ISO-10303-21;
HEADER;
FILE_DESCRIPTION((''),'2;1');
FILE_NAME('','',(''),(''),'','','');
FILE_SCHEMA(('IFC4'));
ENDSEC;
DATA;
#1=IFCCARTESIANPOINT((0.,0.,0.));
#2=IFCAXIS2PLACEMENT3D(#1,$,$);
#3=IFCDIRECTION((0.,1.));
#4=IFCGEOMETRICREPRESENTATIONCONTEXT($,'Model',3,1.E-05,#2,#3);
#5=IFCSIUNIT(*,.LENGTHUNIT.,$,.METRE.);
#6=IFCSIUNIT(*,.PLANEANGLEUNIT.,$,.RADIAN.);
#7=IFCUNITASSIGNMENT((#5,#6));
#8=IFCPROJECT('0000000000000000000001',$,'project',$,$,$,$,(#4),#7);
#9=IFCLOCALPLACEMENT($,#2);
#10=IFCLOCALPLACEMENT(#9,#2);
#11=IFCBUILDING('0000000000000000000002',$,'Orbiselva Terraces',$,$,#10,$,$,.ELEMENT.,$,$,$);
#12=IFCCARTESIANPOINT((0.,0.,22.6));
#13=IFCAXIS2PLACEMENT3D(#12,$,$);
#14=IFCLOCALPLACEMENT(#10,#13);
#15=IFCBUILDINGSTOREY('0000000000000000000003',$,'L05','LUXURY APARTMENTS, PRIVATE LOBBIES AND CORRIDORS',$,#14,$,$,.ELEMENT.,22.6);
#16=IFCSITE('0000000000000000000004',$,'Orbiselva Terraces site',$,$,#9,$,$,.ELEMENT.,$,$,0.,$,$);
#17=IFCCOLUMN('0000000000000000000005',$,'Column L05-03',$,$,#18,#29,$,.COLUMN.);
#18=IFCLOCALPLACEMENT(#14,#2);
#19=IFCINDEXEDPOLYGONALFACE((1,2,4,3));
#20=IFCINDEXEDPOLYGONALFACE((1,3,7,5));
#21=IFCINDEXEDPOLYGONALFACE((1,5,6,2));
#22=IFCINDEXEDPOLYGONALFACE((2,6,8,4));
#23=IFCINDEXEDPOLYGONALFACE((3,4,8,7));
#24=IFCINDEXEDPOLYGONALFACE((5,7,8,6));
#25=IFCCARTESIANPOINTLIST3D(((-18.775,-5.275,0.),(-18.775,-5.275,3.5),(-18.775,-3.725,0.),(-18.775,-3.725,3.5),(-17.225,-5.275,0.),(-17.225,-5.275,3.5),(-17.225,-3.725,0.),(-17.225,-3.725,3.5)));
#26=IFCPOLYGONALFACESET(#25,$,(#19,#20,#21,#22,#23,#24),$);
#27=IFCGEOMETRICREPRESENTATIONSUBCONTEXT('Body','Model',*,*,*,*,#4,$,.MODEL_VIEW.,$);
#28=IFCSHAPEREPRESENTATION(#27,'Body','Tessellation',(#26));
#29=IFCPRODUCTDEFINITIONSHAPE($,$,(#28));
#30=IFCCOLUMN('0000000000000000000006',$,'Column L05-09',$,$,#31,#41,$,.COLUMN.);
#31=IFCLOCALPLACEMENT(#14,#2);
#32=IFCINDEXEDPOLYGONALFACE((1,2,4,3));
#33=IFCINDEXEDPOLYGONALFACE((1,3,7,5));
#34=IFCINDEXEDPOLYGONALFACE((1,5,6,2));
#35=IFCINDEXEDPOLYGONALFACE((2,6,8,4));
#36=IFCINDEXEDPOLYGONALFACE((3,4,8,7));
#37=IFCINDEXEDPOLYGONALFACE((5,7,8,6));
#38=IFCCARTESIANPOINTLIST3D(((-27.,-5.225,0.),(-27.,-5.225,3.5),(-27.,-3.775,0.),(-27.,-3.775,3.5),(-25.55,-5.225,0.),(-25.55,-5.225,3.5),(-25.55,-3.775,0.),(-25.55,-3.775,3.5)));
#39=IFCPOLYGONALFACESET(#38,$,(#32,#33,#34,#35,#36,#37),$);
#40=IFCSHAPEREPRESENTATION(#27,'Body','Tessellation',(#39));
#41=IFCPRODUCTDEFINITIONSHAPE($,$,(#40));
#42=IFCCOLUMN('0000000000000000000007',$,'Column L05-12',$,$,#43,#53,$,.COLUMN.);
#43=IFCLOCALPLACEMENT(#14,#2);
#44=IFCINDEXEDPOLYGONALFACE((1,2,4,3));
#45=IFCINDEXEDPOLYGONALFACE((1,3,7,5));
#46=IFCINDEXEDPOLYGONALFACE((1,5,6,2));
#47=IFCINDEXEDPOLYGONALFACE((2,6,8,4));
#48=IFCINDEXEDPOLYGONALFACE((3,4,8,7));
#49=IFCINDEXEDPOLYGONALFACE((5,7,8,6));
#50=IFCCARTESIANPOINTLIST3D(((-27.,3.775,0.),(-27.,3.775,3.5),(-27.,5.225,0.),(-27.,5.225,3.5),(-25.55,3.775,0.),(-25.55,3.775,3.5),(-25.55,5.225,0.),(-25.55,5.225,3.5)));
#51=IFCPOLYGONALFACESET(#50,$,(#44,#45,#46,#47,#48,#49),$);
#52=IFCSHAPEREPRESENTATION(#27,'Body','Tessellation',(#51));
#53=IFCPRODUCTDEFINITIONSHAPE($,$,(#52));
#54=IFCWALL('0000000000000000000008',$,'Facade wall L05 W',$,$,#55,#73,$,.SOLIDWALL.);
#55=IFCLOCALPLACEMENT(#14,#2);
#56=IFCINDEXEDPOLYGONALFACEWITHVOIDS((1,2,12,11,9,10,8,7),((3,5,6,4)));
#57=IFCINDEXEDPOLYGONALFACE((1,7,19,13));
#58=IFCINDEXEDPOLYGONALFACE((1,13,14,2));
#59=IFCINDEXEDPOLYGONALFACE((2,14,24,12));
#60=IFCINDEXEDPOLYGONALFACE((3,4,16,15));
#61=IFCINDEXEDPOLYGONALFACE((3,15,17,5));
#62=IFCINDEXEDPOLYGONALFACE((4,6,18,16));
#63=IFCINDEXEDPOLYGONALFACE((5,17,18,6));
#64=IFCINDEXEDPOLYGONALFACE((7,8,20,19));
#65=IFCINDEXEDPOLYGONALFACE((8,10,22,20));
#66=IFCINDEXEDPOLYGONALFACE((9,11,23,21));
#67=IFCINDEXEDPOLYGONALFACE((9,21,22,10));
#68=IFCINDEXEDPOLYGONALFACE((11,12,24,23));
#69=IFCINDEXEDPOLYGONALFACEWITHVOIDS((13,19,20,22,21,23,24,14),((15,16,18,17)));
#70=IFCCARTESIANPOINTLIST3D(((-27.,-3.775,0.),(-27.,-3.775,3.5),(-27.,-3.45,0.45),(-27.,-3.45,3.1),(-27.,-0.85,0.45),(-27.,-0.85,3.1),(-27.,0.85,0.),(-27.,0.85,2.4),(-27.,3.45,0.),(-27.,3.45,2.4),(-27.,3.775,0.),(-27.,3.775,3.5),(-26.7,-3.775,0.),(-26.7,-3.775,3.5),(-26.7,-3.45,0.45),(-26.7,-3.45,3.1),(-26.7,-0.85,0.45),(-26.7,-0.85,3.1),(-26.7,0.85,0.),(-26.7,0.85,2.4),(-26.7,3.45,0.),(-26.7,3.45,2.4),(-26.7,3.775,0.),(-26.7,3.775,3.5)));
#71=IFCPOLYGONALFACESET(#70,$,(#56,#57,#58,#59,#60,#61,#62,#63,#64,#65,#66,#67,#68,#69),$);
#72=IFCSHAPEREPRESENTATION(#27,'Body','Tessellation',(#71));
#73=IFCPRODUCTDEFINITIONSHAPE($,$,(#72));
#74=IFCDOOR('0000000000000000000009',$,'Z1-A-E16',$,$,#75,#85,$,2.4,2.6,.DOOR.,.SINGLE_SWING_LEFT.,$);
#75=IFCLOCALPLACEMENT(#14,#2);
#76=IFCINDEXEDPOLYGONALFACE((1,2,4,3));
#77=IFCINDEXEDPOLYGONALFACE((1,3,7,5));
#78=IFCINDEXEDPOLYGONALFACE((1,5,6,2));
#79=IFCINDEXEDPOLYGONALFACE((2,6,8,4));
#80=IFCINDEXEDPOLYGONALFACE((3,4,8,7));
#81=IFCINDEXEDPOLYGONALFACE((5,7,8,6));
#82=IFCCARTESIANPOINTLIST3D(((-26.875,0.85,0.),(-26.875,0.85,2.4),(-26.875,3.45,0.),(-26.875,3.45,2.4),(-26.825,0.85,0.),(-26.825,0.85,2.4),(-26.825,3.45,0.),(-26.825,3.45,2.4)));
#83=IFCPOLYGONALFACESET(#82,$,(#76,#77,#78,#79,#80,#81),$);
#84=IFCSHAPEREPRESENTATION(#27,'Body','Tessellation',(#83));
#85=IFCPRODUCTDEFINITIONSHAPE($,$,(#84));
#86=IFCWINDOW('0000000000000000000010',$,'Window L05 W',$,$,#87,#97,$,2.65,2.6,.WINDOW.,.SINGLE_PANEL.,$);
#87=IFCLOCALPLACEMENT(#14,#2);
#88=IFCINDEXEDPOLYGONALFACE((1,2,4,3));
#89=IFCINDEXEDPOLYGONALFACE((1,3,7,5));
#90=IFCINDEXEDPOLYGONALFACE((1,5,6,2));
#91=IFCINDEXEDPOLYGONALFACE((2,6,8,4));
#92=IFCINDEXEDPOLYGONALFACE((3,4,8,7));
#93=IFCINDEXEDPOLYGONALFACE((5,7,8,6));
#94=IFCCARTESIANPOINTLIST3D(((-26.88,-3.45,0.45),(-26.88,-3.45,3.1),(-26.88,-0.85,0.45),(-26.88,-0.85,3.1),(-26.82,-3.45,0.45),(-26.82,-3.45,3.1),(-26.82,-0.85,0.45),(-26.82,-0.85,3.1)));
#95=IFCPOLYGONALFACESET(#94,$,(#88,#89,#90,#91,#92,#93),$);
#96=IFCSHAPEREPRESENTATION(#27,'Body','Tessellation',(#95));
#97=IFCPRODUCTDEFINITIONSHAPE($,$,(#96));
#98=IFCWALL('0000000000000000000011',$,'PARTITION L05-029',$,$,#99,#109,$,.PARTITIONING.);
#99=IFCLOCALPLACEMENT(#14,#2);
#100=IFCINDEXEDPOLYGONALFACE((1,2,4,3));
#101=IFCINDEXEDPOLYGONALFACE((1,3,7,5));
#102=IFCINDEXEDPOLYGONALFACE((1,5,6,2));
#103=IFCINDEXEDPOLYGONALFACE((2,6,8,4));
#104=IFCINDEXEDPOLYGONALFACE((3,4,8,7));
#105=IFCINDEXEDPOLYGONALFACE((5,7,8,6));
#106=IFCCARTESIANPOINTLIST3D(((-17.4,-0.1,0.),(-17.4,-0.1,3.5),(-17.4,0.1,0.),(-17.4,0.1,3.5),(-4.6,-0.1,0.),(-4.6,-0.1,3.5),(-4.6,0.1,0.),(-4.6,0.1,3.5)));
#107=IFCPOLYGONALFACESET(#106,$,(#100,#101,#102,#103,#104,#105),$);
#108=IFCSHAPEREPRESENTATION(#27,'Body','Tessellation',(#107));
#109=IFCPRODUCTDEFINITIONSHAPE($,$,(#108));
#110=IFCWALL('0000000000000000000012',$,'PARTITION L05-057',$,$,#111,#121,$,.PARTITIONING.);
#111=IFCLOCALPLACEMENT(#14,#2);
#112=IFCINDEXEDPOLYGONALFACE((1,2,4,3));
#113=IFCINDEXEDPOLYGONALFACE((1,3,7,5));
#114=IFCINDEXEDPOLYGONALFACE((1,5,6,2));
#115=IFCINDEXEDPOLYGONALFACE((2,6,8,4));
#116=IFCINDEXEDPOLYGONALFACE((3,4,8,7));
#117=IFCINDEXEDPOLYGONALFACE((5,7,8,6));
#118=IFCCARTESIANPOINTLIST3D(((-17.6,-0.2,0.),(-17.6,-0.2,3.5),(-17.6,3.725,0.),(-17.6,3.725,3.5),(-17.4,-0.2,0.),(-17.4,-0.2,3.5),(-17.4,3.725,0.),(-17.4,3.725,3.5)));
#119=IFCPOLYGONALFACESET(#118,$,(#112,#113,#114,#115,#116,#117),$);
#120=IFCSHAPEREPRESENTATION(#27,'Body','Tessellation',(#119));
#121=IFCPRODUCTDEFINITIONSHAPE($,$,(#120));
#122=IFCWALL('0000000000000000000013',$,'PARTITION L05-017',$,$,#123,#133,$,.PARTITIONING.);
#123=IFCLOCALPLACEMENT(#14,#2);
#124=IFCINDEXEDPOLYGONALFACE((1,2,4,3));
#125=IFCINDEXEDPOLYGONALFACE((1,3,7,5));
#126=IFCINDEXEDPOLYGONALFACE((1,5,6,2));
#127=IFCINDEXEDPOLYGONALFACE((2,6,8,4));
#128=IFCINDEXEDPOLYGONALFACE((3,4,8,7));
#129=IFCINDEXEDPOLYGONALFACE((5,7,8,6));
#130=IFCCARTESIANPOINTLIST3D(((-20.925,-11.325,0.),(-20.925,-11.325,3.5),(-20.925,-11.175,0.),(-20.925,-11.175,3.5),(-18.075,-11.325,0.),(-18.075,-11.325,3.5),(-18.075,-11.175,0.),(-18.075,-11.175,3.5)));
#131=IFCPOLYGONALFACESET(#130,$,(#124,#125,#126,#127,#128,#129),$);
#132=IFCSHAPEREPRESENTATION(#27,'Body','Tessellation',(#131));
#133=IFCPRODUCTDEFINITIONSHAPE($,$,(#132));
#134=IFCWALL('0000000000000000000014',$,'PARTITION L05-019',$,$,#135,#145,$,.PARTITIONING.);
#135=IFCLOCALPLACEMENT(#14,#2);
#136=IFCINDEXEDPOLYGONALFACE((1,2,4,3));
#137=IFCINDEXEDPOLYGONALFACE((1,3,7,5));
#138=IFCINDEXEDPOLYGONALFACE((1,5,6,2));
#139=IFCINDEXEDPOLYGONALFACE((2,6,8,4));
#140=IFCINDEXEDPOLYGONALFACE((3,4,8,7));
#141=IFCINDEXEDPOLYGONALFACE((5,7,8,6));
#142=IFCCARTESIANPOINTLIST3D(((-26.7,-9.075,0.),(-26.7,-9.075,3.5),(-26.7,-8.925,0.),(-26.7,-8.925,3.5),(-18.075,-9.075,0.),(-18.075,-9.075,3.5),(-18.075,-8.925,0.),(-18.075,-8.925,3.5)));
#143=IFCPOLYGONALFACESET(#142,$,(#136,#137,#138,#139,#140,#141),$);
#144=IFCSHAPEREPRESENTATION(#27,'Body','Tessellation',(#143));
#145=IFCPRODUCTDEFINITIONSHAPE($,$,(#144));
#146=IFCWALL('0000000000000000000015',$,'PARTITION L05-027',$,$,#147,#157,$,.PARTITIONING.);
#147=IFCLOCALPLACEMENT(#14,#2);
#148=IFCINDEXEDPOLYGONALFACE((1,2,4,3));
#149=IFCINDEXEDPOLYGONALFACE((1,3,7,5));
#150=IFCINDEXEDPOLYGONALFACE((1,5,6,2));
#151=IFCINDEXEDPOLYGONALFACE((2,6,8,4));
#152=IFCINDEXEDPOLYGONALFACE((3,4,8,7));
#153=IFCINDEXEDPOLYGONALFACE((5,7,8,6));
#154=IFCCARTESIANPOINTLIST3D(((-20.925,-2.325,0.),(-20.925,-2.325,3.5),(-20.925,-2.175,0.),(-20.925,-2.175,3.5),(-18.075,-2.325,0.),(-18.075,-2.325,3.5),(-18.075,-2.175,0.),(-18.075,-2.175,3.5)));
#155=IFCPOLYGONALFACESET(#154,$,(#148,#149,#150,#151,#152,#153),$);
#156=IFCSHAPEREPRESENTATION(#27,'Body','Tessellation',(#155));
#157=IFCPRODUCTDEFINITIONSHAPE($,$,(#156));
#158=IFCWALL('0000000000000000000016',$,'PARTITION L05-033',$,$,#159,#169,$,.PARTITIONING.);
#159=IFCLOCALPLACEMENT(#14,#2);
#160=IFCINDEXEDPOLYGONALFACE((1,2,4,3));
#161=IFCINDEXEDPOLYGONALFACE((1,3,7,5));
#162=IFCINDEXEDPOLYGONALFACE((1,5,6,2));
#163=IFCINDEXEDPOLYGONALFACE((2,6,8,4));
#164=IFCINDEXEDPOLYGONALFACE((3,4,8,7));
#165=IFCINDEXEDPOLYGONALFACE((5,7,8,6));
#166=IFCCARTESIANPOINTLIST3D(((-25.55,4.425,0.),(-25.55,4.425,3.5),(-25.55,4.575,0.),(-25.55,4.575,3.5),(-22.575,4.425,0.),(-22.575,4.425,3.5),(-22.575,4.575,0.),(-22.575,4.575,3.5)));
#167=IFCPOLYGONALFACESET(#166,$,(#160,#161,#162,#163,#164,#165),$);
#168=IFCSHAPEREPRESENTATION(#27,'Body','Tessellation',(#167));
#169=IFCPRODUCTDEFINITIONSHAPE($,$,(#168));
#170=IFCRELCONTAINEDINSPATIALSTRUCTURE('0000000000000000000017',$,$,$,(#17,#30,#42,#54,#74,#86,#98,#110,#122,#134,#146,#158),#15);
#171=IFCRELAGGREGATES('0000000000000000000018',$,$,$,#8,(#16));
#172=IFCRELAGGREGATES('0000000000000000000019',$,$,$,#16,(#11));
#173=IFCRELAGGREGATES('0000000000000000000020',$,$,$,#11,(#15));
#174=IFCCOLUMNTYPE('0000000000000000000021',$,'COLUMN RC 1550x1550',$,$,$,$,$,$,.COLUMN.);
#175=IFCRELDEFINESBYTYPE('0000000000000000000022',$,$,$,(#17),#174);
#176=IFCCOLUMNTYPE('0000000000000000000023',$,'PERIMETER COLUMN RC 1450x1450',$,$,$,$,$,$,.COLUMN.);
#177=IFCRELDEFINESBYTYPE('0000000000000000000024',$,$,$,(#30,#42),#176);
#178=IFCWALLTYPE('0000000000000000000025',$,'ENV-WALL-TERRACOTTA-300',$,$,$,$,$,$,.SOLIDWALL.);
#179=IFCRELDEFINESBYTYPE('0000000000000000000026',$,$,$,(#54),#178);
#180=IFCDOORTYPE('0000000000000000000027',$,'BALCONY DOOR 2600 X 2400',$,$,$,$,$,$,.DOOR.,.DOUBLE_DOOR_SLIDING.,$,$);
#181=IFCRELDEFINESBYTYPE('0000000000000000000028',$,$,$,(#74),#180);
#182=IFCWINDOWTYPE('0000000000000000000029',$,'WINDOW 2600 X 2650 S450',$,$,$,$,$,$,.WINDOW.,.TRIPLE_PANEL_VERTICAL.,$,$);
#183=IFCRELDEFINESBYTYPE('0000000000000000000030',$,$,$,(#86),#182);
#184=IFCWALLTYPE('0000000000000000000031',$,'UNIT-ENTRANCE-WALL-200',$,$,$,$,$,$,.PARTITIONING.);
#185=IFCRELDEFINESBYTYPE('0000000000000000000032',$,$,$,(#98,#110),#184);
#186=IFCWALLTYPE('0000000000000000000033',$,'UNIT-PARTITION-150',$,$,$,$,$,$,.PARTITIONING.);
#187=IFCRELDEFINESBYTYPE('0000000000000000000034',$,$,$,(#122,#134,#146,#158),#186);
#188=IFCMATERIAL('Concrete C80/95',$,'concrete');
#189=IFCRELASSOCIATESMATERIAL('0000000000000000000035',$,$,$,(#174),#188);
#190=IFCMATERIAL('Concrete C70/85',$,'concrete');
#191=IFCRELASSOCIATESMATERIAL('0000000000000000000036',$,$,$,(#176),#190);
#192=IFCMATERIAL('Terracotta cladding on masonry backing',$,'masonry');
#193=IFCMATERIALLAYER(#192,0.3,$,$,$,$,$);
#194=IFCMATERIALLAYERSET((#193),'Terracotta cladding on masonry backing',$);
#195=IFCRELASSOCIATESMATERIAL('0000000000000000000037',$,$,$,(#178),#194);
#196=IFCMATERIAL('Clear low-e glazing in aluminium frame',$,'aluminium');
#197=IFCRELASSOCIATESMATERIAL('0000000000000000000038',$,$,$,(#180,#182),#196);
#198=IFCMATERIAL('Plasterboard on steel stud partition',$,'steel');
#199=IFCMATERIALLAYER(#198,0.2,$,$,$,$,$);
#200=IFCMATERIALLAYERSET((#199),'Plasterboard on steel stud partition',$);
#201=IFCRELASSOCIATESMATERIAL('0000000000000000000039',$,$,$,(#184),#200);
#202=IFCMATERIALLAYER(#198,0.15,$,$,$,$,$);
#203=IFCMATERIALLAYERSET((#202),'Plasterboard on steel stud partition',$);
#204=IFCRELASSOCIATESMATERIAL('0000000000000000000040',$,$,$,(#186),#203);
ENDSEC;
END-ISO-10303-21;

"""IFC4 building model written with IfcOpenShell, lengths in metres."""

from ifc_helpers import new_model, si_unit, direction, frame, frame_2d, origin, origin_2d, place, context, subcontext, project, spatial, rectangle, extrude, material, layer, layer_set, material_profile, profile_set, type_object, element, fill, save


model = new_model("IFC4")

# Units and contexts
model_context = context("Model", 3, precision=1e-05, world=origin(), true_north=direction((0.0, 1.0)))
body_context = subcontext(model_context, "Body", "Model", "MODEL_VIEW")
ifc_project = project(units=[si_unit("LENGTHUNIT", "METRE"), si_unit("PLANEANGLEUNIT", "RADIAN")], contexts=[model_context])

# Site, building, storey
site_placement = place(None, origin())
site = spatial("IfcSite", under=ifc_project, at=site_placement, Name="Orbiselva Terraces site", CompositionType="ELEMENT", RefElevation=0.0)
building_placement = place(site_placement, origin())
building = spatial("IfcBuilding", under=site, at=building_placement, Name="Orbiselva Terraces", CompositionType="ELEMENT")
storey_placement = place(building_placement, frame((0.0, 0.0, 22.6)))
storey = spatial("IfcBuildingStorey", under=building, at=storey_placement, Name="L05", Description="LUXURY APARTMENTS, PRIVATE LOBBIES AND CORRIDORS", CompositionType="ELEMENT", Elevation=22.6)

# Columns
ifc_material_1 = material(Name="Concrete C80/95", Category="concrete")
ifc_material_profile_1 = material_profile(ifc_material_1, rectangle(XDim=1.55, YDim=1.55, at=origin_2d()), Name="RC 1550x1550")
ifc_profile_set_1 = profile_set([ifc_material_profile_1], Name="Concrete C80/95")
column_type_1 = type_object("IfcColumnType", Name="COLUMN RC 1550x1550", PredefinedType="COLUMN", material=ifc_profile_set_1)
column_placement = place(storey_placement, frame((-18.0, -4.5, 0.0), z_axis=(0.0, 0.0, 1.0), x_axis=(1.0, 0.0, 0.0)))
element("IfcColumn", 1, at=column_placement, inside=storey, type_object=column_type_1, Name="Column L05-03", PredefinedType="COLUMN", context=body_context, shape_type="SweptSolid", body=[
    extrude(rectangle(XDim=1.55, YDim=1.55, at=origin_2d()), origin(), (0.0, 0.0, 1.0), 3.5),
])
ifc_material_2 = material(Name="Concrete C70/85", Category="concrete")
ifc_material_profile_2 = material_profile(ifc_material_2, rectangle(XDim=1.45, YDim=1.45, at=origin_2d()), Name="RC 1450x1450")
ifc_profile_set_2 = profile_set([ifc_material_profile_2], Name="Concrete C70/85")
column_type_2 = type_object("IfcColumnType", Name="PERIMETER COLUMN RC 1450x1450", PredefinedType="COLUMN", material=ifc_profile_set_2)
for number, where, z_axis, x_axis, name in (
    (2, (-26.275, -4.5, 0.0), (0.0, 0.0, 1.0), (1.0, 0.0, 0.0), "Column L05-09"),
    (3, (-26.275, 4.5, 0.0), (0.0, 0.0, 1.0), (1.0, 0.0, 0.0), "Column L05-12"),
):
    element("IfcColumn", number, at=place(storey_placement, frame(where, z_axis=z_axis, x_axis=x_axis)), inside=storey, type_object=column_type_2, Name=name, PredefinedType="COLUMN", context=body_context, shape_type="SweptSolid", body=[
        extrude(rectangle(XDim=1.45, YDim=1.45, at=origin_2d()), origin(), (0.0, 0.0, 1.0), 3.5),
    ])

# Wall, openings, door, window
ifc_material_3 = material(Name="Terracotta cladding on masonry backing", Category="masonry")
ifc_layer_1 = layer(ifc_material_3, 0.3)
ifc_layer_set_1 = layer_set([ifc_layer_1], Name="Terracotta cladding on masonry backing")
wall_type_1 = type_object("IfcWallType", Name="ENV-WALL-TERRACOTTA-300", PredefinedType="SOLIDWALL", material=ifc_layer_set_1)
wall_1_placement = place(storey_placement, frame((-26.85, -3.775, 0.0), z_axis=(0.0, 0.0, 1.0), x_axis=(0.0, 1.0, 0.0)))
wall_1 = element("IfcWall", 4, at=wall_1_placement, inside=storey, type_object=wall_type_1, Name="Facade wall L05 W", PredefinedType="SOLIDWALL", context=body_context, shape_type="SweptSolid", body=[
    extrude(rectangle(XDim=7.55, YDim=0.3, at=frame_2d((3.775, 0.0))), origin(), (0.0, 0.0, 1.0), 3.5),
])
opening_1_placement = place(wall_1_placement, frame((4.625, 0.0, 0.0)))
opening_1 = element("IfcOpeningElement", 5, at=opening_1_placement, cuts=wall_1, PredefinedType="OPENING", context=body_context, shape_type="SweptSolid", body=[
    extrude(rectangle(XDim=2.6, YDim=2.4, at=frame_2d((1.3, 1.2))), frame((0.0, 0.16, 0.0), z_axis=(0.0, -1.0, 0.0), x_axis=(1.0, 0.0, 0.0)), (0.0, 0.0, 1.0), 0.32),
])
opening_2_placement = place(wall_1_placement, frame((0.325, 0.0, 0.45)))
opening_2 = element("IfcOpeningElement", 6, at=opening_2_placement, cuts=wall_1, PredefinedType="OPENING", context=body_context, shape_type="SweptSolid", body=[
    extrude(rectangle(XDim=2.6, YDim=2.65, at=frame_2d((1.3, 1.325))), frame((0.0, 0.16, 0.0), z_axis=(0.0, -1.0, 0.0), x_axis=(1.0, 0.0, 0.0)), (0.0, 0.0, 1.0), 0.32),
])
ifc_material_4 = material(Name="Clear low-e glazing in aluminium frame", Category="aluminium")
door_type_1 = type_object("IfcDoorType", Name="BALCONY DOOR 2600 X 2400", OperationType="DOUBLE_DOOR_SLIDING", PredefinedType="DOOR", material=ifc_material_4)
door_1_placement = place(opening_1_placement, origin())
door_1 = element("IfcDoor", 7, at=door_1_placement, inside=storey, type_object=door_type_1, Name="Z1-A-E16", OperationType="SINGLE_SWING_LEFT", OverallHeight=2.4, OverallWidth=2.6, PredefinedType="DOOR", context=body_context, shape_type="SweptSolid", body=[
    extrude(rectangle(XDim=2.6, YDim=2.4, at=frame_2d((1.3, 1.2))), frame((0.0, 0.025, 0.0), z_axis=(0.0, -1.0, 0.0), x_axis=(1.0, 0.0, 0.0)), (0.0, 0.0, 1.0), 0.05),
])
fill(opening_1, door_1)
window_type = type_object("IfcWindowType", Name="WINDOW 2600 X 2650 S450", PartitioningType="TRIPLE_PANEL_VERTICAL", PredefinedType="WINDOW", material=ifc_material_4)
window_placement = place(opening_2_placement, origin())
window = element("IfcWindow", 8, at=window_placement, inside=storey, type_object=window_type, Name="Window L05 W", OverallHeight=2.65, OverallWidth=2.6, PartitioningType="SINGLE_PANEL", PredefinedType="WINDOW", context=body_context, shape_type="SweptSolid", body=[
    extrude(rectangle(XDim=2.6, YDim=2.65, at=frame_2d((1.3, 1.325))), frame((0.0, 0.03, 0.0), z_axis=(0.0, -1.0, 0.0), x_axis=(1.0, 0.0, 0.0)), (0.0, 0.0, 1.0), 0.06),
])
fill(opening_2, window)

# Walls
ifc_material_5 = material(Name="Plasterboard on steel stud partition", Category="steel")
ifc_layer_2 = layer(ifc_material_5, 0.2)
ifc_layer_set_2 = layer_set([ifc_layer_2], Name="Plasterboard on steel stud partition")
wall_type_2 = type_object("IfcWallType", Name="UNIT-ENTRANCE-WALL-200", PredefinedType="PARTITIONING", material=ifc_layer_set_2)
wall_2_placement = place(storey_placement, frame((-17.4, 0.0, 0.0), z_axis=(0.0, 0.0, 1.0), x_axis=(1.0, 0.0, 0.0)))
element("IfcWall", 9, at=wall_2_placement, inside=storey, type_object=wall_type_2, Name="PARTITION L05-029", PredefinedType="PARTITIONING", context=body_context, shape_type="SweptSolid", body=[
    extrude(rectangle(XDim=12.8, YDim=0.2, at=frame_2d((6.4, 0.0))), origin(), (0.0, 0.0, 1.0), 3.5),
])
wall_3_placement = place(storey_placement, frame((-17.5, -0.2, 0.0), z_axis=(0.0, 0.0, 1.0), x_axis=(0.0, 1.0, 0.0)))
element("IfcWall", 10, at=wall_3_placement, inside=storey, type_object=wall_type_2, Name="PARTITION L05-057", PredefinedType="PARTITIONING", context=body_context, shape_type="SweptSolid", body=[
    extrude(rectangle(XDim=3.925, YDim=0.2, at=frame_2d((1.9625, 0.0))), origin(), (0.0, 0.0, 1.0), 3.5),
])
ifc_layer_3 = layer(ifc_material_5, 0.15)
ifc_layer_set_3 = layer_set([ifc_layer_3], Name="Plasterboard on steel stud partition")
wall_type_3 = type_object("IfcWallType", Name="UNIT-PARTITION-150", PredefinedType="PARTITIONING", material=ifc_layer_set_3)
wall_4_placement = place(storey_placement, frame((-20.925, -11.25, 0.0), z_axis=(0.0, 0.0, 1.0), x_axis=(1.0, 0.0, 0.0)))
element("IfcWall", 11, at=wall_4_placement, inside=storey, type_object=wall_type_3, Name="PARTITION L05-017", PredefinedType="PARTITIONING", context=body_context, shape_type="SweptSolid", body=[
    extrude(rectangle(XDim=2.85, YDim=0.15, at=frame_2d((1.425, 0.0))), origin(), (0.0, 0.0, 1.0), 3.5),
])
wall_5_placement = place(storey_placement, frame((-26.7, -9.0, 0.0), z_axis=(0.0, 0.0, 1.0), x_axis=(1.0, 0.0, 0.0)))
element("IfcWall", 12, at=wall_5_placement, inside=storey, type_object=wall_type_3, Name="PARTITION L05-019", PredefinedType="PARTITIONING", context=body_context, shape_type="SweptSolid", body=[
    extrude(rectangle(XDim=8.625, YDim=0.15, at=frame_2d((4.3125, 0.0))), origin(), (0.0, 0.0, 1.0), 3.5),
])
wall_6_placement = place(storey_placement, frame((-20.925, -2.25, 0.0), z_axis=(0.0, 0.0, 1.0), x_axis=(1.0, 0.0, 0.0)))
element("IfcWall", 13, at=wall_6_placement, inside=storey, type_object=wall_type_3, Name="PARTITION L05-027", PredefinedType="PARTITIONING", context=body_context, shape_type="SweptSolid", body=[
    extrude(rectangle(XDim=2.85, YDim=0.15, at=frame_2d((1.425, 0.0))), origin(), (0.0, 0.0, 1.0), 3.5),
])
wall_7_placement = place(storey_placement, frame((-25.55, 4.5, 0.0), z_axis=(0.0, 0.0, 1.0), x_axis=(1.0, 0.0, 0.0)))
element("IfcWall", 14, at=wall_7_placement, inside=storey, type_object=wall_type_3, Name="PARTITION L05-033", PredefinedType="PARTITIONING", context=body_context, shape_type="SweptSolid", body=[
    extrude(rectangle(XDim=2.975, YDim=0.15, at=frame_2d((1.4875, 0.0))), origin(), (0.0, 0.0, 1.0), 3.5),
])

save(model, "model.ifc")
